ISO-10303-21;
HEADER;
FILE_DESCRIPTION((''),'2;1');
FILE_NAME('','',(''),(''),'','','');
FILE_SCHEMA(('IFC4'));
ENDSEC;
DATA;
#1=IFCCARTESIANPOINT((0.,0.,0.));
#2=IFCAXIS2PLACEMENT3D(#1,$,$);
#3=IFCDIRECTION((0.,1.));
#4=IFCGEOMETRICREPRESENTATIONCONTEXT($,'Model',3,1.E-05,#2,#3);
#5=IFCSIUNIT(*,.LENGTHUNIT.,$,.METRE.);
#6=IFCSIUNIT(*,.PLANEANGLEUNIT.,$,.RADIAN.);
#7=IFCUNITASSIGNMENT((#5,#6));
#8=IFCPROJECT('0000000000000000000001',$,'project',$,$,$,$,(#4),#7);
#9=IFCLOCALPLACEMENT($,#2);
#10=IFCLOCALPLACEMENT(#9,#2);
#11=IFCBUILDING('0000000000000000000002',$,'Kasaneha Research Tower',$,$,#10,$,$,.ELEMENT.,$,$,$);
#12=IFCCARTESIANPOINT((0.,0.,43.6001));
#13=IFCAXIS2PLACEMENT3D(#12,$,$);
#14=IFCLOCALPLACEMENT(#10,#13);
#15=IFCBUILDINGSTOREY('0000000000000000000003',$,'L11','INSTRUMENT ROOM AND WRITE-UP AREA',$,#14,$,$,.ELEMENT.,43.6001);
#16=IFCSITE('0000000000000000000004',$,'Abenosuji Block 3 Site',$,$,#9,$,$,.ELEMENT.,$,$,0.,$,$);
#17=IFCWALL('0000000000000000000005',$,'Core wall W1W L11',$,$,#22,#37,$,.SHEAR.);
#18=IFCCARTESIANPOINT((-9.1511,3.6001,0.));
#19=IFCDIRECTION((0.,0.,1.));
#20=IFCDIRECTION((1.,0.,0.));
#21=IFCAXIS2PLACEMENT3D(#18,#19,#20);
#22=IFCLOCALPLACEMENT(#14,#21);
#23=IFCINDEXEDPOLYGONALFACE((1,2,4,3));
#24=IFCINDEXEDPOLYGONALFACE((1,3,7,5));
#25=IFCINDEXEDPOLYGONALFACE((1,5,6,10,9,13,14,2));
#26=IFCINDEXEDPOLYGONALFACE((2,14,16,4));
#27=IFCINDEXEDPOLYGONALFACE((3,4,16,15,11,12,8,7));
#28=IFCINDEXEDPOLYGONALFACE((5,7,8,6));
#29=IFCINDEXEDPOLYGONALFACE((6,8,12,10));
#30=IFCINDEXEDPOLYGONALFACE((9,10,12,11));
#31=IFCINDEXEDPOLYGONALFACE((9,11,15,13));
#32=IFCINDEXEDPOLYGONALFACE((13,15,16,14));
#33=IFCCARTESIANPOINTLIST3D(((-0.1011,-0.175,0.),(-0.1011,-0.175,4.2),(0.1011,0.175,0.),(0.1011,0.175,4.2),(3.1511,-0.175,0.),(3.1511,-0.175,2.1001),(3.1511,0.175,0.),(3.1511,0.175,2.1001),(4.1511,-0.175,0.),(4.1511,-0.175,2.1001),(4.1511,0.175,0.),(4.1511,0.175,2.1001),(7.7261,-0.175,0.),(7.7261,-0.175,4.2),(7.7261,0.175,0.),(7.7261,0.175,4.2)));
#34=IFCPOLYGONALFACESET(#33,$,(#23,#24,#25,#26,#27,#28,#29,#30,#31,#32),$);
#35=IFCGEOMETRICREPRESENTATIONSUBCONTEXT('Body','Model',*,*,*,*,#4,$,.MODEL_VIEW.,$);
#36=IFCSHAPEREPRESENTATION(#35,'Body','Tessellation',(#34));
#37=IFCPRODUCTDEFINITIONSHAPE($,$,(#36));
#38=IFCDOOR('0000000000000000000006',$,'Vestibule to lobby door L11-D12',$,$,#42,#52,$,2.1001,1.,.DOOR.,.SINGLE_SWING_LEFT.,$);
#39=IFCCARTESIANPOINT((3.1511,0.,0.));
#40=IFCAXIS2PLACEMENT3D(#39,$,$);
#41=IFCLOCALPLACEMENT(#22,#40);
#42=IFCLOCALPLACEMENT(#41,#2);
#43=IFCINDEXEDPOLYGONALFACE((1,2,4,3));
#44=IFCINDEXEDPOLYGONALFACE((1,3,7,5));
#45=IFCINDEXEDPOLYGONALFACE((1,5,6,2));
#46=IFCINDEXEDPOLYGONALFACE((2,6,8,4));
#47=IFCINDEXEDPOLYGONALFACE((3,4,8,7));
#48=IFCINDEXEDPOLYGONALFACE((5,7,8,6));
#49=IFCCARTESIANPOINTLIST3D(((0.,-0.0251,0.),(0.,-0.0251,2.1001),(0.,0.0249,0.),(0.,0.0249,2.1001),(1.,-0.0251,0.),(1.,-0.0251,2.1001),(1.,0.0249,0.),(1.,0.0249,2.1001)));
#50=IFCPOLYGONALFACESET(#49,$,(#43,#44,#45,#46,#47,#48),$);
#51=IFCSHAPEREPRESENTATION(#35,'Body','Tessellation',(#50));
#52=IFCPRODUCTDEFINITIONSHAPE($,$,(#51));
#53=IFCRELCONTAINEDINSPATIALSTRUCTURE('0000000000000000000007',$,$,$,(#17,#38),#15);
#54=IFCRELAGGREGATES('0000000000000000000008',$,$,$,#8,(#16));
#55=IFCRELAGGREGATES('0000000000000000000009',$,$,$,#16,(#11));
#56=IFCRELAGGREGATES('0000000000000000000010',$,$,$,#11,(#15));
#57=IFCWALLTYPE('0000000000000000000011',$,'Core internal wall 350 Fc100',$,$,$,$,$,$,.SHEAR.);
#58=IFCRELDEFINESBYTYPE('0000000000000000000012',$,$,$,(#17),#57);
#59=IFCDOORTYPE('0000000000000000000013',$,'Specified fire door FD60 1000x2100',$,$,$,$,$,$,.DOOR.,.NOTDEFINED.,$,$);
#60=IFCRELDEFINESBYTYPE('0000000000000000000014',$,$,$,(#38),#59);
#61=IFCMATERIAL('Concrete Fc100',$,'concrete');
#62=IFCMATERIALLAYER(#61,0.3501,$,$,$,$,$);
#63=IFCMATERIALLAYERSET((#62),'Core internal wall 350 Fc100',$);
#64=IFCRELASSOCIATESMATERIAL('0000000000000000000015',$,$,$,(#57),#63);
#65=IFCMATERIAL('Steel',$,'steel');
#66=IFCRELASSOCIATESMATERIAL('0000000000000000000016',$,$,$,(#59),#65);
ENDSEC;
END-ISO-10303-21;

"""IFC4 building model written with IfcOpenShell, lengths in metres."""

from ifc_helpers import new_model, si_unit, direction, frame, frame_2d, origin, place, context, subcontext, project, spatial, polyline, rectangle, outline, extrude, material, layer, layer_set, type_object, element, fill, save


model = new_model("IFC4")

# Units and contexts
model_context = context("Model", 3, precision=1e-05, world=origin(), true_north=direction((0.0, 1.0)))
body_context = subcontext(model_context, "Body", "Model", "MODEL_VIEW")
ifc_project = project(units=[si_unit("LENGTHUNIT", "METRE"), si_unit("PLANEANGLEUNIT", "RADIAN")], contexts=[model_context])

# Site, building, storey
site_placement = place(None, origin())
site = spatial("IfcSite", under=ifc_project, at=site_placement, Name="Abenosuji Block 3 Site", CompositionType="ELEMENT", RefElevation=0.0)
building_placement = place(site_placement, origin())
building = spatial("IfcBuilding", under=site, at=building_placement, Name="Kasaneha Research Tower", CompositionType="ELEMENT")
storey_placement = place(building_placement, frame((0.0, 0.0, 43.6001)))
storey = spatial("IfcBuildingStorey", under=building, at=storey_placement, Name="L11", Description="INSTRUMENT ROOM AND WRITE-UP AREA", CompositionType="ELEMENT", Elevation=43.6001)

# Wall, opening, door
ifc_material_1 = material(Name="Concrete Fc100", Category="concrete")
ifc_layer_1 = layer(ifc_material_1, 0.3501)
ifc_layer_set_1 = layer_set([ifc_layer_1], Name="Core internal wall 350 Fc100")
wall_type_1 = type_object("IfcWallType", Name="Core internal wall 350 Fc100", PredefinedType="SHEAR", material=ifc_layer_set_1)
wall_1_placement = place(storey_placement, frame((-9.1511, 3.6001, 0.0), z_axis=(0.0, 0.0, 1.0), x_axis=(1.0, 0.0, 0.0)))
wall_1 = element("IfcWall", 1, at=wall_1_placement, inside=storey, type_object=wall_type_1, Name="Core wall W1W L11", PredefinedType="SHEAR", context=body_context, shape_type="SweptSolid", body=[
    extrude(outline(polyline([(-0.1011, -0.175), (3.1511, -0.175), (4.1511, -0.175), (7.7261, -0.175), (7.7261, 0.175), (4.1511, 0.175), (3.1511, 0.175), (0.1011, 0.175), (-0.1011, -0.175)])), origin(), (0.0, 0.0, 1.0), 4.2),
])
opening_1_placement = place(wall_1_placement, frame((3.1511, 0.0, 0.0)))
opening_1 = element("IfcOpeningElement", 2, at=opening_1_placement, cuts=wall_1, PredefinedType="OPENING", context=body_context, shape_type="SweptSolid", body=[
    extrude(rectangle(XDim=1.0, YDim=2.1001, at=frame_2d((0.5, 1.05))), frame((0.0, 0.1851, 0.0), z_axis=(0.0, -1.0, 0.0), x_axis=(1.0, 0.0, 0.0)), (0.0, 0.0, 1.0), 0.3701),
])
ifc_material_2 = material(Name="Steel", Category="steel")
door_type_1 = type_object("IfcDoorType", Name="Specified fire door FD60 1000x2100", OperationType="NOTDEFINED", PredefinedType="DOOR", material=ifc_material_2)
door_1_placement = place(opening_1_placement, origin())
door_1 = element("IfcDoor", 3, at=door_1_placement, inside=storey, type_object=door_type_1, Name="Vestibule to lobby door L11-D12", OperationType="SINGLE_SWING_LEFT", OverallHeight=2.1001, OverallWidth=1.0, PredefinedType="DOOR", context=body_context, shape_type="SweptSolid", body=[
    extrude(rectangle(XDim=1.0, YDim=2.1001, at=frame_2d((0.5, 1.05))), frame((0.0, 0.0249, 0.0), z_axis=(0.0, -1.0, 0.0), x_axis=(1.0, 0.0, 0.0)), (0.0, 0.0, 1.0), 0.05),
])
fill(opening_1, door_1)

save(model, "model.ifc")
